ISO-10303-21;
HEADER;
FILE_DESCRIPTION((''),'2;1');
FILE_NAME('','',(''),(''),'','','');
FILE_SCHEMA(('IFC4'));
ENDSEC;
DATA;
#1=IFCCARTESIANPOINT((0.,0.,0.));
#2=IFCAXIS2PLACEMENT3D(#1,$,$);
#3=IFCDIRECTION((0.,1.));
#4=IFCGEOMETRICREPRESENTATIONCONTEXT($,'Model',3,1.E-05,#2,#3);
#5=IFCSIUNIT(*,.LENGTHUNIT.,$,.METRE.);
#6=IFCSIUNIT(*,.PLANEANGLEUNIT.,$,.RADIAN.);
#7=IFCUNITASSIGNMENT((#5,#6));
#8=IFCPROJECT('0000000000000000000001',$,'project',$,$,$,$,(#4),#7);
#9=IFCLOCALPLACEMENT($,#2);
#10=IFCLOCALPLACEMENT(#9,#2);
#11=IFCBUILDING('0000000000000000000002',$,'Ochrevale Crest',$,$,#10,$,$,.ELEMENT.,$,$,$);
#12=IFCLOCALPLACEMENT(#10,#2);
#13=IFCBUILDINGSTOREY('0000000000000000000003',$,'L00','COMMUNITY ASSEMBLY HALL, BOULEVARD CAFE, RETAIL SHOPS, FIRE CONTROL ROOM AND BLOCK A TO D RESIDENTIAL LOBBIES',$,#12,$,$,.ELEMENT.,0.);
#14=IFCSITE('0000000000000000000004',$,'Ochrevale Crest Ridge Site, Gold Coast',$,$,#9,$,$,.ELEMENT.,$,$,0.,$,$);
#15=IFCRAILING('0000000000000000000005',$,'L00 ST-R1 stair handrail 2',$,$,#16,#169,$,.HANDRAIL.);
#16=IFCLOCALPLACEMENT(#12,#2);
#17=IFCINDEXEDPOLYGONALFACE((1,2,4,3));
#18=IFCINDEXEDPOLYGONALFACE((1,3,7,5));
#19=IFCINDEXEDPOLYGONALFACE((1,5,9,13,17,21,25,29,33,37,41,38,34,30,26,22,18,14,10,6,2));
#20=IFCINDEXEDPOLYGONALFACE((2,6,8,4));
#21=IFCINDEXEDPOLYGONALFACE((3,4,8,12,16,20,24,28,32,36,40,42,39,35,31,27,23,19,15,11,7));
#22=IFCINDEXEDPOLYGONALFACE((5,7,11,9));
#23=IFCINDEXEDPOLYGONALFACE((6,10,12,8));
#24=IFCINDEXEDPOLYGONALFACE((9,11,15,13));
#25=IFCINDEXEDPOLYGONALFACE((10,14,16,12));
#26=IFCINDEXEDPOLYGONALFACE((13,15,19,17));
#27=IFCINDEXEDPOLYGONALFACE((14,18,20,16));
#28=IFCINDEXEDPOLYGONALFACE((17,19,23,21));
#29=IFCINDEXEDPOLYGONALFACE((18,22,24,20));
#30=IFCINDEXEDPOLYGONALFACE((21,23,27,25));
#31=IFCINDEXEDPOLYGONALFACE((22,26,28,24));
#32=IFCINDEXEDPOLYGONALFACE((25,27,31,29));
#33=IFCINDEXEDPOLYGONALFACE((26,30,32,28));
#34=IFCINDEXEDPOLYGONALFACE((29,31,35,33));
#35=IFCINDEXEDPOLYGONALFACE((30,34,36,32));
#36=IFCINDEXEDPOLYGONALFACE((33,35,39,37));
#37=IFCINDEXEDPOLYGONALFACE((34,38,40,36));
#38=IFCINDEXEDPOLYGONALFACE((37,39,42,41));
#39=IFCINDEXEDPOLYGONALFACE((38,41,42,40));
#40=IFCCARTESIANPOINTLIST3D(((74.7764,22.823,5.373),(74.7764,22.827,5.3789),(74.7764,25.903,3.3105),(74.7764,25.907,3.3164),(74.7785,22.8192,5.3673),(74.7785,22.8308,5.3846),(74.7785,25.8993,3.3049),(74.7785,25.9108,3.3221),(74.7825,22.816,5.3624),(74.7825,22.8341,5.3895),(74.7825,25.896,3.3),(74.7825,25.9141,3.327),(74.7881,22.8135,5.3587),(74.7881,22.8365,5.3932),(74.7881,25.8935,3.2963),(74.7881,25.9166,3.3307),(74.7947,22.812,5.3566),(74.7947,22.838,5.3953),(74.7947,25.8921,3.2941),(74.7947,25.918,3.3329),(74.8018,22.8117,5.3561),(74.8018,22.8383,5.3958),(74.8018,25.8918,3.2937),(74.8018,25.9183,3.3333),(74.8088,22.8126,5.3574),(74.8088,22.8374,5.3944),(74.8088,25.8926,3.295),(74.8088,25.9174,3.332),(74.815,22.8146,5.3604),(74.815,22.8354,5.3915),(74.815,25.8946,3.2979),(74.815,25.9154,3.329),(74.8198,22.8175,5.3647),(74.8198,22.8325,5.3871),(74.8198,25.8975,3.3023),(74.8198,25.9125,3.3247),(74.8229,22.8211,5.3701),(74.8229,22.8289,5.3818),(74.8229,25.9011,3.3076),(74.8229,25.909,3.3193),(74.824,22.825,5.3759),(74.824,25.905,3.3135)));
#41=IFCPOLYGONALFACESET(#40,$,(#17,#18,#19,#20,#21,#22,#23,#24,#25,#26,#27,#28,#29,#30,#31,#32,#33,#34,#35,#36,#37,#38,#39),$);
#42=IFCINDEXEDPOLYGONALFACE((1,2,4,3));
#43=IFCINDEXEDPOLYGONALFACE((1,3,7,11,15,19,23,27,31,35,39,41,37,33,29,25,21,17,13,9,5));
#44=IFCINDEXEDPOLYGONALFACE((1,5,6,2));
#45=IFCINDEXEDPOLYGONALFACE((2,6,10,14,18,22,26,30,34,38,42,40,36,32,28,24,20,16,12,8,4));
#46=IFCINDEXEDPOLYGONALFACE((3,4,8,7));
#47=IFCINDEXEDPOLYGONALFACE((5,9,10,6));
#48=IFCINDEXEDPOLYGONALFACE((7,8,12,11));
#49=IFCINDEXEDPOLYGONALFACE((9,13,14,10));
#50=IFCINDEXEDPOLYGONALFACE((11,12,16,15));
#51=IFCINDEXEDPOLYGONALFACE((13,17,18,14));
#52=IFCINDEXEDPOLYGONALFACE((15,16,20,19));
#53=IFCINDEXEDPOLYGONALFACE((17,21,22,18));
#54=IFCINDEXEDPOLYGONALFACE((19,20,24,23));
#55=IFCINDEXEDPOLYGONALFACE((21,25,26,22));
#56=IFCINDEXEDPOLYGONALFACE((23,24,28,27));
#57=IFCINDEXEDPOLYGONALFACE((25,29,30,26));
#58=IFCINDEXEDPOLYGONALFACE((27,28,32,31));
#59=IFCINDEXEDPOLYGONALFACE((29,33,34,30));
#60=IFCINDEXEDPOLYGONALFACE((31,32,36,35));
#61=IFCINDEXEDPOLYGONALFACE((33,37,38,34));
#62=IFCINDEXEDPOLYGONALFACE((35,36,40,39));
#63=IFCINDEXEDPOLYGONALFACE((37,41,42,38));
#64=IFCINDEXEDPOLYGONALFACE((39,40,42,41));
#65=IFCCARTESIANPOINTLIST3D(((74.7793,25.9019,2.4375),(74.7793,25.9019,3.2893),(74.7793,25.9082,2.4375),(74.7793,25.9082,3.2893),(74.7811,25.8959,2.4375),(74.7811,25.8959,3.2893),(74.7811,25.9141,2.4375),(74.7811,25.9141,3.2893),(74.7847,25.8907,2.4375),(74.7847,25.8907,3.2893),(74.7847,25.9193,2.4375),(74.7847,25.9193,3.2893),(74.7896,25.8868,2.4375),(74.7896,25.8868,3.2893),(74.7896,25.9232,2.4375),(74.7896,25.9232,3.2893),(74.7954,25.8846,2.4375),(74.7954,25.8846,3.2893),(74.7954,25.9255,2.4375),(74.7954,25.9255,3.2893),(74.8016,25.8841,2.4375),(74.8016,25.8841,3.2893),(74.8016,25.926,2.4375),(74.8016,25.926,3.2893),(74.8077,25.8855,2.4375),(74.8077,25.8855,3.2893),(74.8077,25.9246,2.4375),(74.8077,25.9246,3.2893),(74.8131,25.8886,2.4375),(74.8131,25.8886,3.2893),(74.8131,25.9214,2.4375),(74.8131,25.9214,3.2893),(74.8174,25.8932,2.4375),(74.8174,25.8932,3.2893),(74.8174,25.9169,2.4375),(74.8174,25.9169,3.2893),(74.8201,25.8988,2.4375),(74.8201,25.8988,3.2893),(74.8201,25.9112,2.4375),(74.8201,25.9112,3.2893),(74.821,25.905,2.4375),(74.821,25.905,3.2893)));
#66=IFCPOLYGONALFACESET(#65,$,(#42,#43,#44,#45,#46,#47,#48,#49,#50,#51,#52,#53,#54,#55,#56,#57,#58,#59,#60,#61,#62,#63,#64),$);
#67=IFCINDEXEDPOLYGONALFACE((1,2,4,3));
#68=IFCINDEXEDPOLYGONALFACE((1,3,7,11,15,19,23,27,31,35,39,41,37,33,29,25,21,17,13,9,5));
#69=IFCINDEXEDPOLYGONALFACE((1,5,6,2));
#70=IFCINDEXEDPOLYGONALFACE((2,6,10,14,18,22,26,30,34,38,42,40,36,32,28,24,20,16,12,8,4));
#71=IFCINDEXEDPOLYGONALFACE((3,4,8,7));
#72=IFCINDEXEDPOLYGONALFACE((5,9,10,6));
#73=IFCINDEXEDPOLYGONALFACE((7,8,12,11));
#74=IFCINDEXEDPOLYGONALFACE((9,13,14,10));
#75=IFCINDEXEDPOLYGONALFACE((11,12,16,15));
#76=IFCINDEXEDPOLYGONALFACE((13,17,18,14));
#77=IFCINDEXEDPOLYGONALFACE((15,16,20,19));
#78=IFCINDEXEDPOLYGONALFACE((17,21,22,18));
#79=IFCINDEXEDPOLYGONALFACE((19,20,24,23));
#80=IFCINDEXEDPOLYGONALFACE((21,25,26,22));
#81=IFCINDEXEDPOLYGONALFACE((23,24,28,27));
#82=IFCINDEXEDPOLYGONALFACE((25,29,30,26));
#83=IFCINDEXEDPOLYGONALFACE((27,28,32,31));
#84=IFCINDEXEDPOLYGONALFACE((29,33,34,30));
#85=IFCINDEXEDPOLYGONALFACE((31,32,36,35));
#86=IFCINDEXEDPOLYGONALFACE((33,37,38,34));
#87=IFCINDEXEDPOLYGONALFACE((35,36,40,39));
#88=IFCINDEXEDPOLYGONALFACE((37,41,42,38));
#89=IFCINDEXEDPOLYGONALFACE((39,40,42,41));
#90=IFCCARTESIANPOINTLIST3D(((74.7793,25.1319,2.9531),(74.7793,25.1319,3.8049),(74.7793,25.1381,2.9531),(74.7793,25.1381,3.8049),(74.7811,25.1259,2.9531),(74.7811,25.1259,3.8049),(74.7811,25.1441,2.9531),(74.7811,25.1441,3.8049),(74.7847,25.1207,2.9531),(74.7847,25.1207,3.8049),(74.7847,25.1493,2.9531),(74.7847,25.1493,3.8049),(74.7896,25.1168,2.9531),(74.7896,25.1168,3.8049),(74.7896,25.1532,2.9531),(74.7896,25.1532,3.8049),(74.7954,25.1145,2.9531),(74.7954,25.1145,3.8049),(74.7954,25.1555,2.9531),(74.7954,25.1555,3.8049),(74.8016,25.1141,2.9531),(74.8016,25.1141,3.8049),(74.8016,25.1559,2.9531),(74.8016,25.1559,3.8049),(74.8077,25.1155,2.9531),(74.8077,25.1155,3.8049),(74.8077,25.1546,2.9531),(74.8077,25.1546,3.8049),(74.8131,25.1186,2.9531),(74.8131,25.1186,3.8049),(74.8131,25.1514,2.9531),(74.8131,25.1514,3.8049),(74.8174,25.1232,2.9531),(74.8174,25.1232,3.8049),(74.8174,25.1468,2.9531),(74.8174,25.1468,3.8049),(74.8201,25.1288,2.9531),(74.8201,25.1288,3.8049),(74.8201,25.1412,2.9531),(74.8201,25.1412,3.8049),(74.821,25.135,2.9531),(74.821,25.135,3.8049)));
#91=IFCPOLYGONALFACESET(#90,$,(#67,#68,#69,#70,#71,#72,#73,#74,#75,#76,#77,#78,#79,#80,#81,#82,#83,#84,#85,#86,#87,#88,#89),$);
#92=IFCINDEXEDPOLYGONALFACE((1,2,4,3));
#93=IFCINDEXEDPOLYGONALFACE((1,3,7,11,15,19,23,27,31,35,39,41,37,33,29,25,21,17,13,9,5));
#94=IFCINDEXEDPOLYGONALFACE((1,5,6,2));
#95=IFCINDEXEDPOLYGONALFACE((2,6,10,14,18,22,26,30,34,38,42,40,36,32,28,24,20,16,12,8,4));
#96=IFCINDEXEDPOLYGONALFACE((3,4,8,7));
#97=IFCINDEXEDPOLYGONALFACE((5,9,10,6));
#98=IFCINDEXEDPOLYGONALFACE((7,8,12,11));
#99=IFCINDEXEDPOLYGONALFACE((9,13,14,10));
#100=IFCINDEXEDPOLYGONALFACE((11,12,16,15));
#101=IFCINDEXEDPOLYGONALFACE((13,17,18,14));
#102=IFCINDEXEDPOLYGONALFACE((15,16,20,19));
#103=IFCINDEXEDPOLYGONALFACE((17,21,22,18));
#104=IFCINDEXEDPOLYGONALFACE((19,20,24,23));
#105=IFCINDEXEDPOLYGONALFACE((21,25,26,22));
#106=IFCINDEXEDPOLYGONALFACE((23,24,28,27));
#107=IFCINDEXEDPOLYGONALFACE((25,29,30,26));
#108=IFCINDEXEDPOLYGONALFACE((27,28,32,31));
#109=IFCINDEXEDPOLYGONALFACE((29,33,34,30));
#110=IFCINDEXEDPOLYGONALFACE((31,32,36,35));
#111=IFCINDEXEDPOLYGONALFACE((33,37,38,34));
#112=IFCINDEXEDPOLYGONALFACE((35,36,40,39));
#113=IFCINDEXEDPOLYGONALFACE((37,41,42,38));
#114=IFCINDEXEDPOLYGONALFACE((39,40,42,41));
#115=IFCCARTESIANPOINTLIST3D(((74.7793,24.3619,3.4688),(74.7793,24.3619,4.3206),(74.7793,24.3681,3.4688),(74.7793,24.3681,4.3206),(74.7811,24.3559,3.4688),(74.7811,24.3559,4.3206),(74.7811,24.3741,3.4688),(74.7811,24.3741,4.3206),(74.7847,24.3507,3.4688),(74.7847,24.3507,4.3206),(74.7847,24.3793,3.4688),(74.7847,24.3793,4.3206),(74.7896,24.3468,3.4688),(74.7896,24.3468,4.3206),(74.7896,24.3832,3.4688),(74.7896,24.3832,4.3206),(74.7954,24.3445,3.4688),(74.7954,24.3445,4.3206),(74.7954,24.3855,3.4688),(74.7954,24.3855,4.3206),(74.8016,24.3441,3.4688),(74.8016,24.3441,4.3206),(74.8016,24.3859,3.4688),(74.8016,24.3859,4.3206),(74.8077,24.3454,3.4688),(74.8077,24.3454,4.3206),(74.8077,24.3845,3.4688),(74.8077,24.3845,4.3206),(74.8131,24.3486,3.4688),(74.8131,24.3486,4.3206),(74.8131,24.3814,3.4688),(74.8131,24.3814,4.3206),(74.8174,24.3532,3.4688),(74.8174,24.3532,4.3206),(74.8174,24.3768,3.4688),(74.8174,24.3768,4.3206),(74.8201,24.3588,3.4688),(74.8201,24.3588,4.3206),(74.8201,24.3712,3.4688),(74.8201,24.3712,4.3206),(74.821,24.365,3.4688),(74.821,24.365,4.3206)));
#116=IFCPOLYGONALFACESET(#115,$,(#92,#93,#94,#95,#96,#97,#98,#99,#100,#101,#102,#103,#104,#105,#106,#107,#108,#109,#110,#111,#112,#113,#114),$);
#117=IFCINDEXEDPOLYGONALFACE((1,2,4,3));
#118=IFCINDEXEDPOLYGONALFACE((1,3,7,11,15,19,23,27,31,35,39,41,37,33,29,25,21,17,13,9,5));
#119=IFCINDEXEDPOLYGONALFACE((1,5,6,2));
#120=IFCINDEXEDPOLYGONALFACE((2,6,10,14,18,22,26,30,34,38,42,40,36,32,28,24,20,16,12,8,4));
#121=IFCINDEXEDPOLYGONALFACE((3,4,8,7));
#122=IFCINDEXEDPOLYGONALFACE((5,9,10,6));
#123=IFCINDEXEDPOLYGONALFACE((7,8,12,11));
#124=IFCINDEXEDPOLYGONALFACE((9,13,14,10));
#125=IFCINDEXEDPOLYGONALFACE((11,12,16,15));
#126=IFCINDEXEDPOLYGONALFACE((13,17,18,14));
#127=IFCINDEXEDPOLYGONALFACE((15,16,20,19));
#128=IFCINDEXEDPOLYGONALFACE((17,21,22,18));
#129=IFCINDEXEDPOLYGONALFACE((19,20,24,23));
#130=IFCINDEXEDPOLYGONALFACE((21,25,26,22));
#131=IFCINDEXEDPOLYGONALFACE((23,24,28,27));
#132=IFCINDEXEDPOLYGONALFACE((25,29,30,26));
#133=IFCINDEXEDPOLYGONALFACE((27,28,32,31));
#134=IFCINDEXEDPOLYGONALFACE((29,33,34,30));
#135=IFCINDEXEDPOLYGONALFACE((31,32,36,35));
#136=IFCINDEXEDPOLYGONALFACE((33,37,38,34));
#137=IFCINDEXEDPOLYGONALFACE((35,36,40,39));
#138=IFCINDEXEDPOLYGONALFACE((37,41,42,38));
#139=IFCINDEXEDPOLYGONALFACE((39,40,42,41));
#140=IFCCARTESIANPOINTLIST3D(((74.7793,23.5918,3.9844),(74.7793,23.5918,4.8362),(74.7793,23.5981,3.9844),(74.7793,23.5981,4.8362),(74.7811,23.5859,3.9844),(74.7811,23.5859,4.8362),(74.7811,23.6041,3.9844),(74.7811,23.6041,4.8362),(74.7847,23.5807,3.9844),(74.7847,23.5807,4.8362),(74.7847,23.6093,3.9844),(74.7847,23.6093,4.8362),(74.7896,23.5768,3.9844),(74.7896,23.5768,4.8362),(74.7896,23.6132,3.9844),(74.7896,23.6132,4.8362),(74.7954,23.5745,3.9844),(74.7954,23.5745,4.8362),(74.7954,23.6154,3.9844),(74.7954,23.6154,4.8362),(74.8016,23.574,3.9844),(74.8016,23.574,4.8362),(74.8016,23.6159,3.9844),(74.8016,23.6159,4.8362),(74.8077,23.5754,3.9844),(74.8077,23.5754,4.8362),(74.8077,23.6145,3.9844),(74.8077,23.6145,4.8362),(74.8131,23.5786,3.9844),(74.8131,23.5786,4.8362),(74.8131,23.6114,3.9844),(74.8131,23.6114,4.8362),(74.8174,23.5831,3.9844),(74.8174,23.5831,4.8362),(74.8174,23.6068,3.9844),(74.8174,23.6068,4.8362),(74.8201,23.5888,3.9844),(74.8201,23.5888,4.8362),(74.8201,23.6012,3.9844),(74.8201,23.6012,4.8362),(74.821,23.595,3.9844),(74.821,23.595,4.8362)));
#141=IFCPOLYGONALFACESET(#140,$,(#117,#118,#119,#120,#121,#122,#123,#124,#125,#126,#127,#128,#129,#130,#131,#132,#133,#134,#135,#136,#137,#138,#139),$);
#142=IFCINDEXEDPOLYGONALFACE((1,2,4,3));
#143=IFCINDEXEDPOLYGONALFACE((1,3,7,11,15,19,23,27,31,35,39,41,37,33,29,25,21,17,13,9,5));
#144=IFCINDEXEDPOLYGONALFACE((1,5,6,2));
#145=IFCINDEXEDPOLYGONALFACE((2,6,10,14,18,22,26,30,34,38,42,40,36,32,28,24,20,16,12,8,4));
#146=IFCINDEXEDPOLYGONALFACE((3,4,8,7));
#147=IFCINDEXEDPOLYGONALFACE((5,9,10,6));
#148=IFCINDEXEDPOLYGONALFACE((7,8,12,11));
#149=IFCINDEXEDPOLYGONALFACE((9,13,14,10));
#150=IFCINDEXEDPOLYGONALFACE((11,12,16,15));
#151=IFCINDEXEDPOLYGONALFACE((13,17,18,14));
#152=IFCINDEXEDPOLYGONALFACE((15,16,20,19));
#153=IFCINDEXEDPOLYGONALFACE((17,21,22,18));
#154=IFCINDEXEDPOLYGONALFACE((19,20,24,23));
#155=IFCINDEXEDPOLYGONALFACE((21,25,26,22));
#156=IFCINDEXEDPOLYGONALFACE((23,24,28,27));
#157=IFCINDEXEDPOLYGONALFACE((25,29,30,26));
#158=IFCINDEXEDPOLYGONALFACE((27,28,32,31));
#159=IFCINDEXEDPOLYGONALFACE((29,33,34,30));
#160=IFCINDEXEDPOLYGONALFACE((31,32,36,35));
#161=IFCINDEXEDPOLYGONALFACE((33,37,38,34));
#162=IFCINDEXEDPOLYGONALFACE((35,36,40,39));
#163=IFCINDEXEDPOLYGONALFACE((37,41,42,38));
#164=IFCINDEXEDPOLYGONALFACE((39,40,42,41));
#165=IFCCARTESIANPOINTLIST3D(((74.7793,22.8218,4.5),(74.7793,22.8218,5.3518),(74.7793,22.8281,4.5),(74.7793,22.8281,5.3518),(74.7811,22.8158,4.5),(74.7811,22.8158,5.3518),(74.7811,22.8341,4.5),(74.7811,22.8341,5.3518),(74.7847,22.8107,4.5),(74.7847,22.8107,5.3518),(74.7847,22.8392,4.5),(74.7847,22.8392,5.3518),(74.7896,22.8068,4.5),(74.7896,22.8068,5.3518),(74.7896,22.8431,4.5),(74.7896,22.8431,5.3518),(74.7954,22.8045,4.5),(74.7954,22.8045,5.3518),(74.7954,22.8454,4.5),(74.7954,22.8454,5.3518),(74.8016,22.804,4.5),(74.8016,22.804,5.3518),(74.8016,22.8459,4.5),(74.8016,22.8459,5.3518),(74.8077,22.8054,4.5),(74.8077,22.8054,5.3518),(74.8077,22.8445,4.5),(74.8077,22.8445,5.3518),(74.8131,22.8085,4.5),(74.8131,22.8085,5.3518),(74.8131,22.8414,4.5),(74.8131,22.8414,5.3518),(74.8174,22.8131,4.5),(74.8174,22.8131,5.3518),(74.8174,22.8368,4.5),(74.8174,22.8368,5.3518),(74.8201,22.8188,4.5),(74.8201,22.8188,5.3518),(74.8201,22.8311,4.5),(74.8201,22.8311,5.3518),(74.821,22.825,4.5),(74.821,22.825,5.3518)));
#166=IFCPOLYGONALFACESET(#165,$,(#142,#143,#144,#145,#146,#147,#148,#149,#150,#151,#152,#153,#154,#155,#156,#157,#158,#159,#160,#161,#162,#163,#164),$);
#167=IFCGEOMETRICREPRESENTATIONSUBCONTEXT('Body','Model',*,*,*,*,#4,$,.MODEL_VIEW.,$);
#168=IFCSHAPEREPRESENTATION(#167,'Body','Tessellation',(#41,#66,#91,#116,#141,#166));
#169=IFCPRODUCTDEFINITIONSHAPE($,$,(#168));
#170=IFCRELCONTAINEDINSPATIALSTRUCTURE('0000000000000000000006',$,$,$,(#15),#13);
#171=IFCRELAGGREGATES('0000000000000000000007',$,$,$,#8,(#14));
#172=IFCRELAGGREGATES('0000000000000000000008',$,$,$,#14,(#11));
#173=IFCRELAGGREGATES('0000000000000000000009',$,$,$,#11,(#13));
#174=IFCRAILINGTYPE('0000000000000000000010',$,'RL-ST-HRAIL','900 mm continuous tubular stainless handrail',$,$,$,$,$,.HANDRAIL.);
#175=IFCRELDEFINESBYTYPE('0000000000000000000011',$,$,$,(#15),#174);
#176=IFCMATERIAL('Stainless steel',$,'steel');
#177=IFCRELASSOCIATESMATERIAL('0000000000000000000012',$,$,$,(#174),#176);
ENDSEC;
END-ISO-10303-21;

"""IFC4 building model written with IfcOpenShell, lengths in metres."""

from ifc_helpers import new_model, si_unit, direction, frame, origin, origin_2d, place, context, subcontext, project, spatial, circle, extrude, material, type_object, element, save


model = new_model("IFC4")

# Units and contexts
model_context = context("Model", 3, precision=1e-05, world=origin(), true_north=direction((0.0, 1.0)))
body_context = subcontext(model_context, "Body", "Model", "MODEL_VIEW")
ifc_project = project(units=[si_unit("LENGTHUNIT", "METRE"), si_unit("PLANEANGLEUNIT", "RADIAN")], contexts=[model_context])

# Site, building, storey
site_placement = place(None, origin())
site = spatial("IfcSite", under=ifc_project, at=site_placement, Name="Ochrevale Crest Ridge Site, Gold Coast", CompositionType="ELEMENT", RefElevation=0.0)
building_placement = place(site_placement, origin())
building = spatial("IfcBuilding", under=site, at=building_placement, Name="Ochrevale Crest", CompositionType="ELEMENT")
storey_placement = place(building_placement, origin())
storey = spatial("IfcBuildingStorey", under=building, at=storey_placement, Name="L00", Description="COMMUNITY ASSEMBLY HALL, BOULEVARD CAFE, RETAIL SHOPS, FIRE CONTROL ROOM AND BLOCK A TO D RESIDENTIAL LOBBIES", CompositionType="ELEMENT", Elevation=0.0)

# Railing
ifc_material_1 = material(Name="Stainless steel", Category="steel")
railing_type_1 = type_object("IfcRailingType", Name="RL-ST-HRAIL", Description="900 mm continuous tubular stainless handrail", PredefinedType="HANDRAIL", material=ifc_material_1)
railing_1_placement = place(storey_placement, frame((74.8, 25.905, 2.4375)))
element("IfcRailing", 1, at=railing_1_placement, inside=storey, type_object=railing_type_1, Name="L00 ST-R1 stair handrail 2", PredefinedType="HANDRAIL", context=body_context, shape_type="SweptSolid", body=[
    extrude(circle(Radius=0.0239, at=origin_2d()), frame((0.0, 0.0, 0.876), z_axis=(0.0, -0.830914, 0.556401), x_axis=(1.0, 0.0, 0.0)), (0.0, 0.0, 1.0), 3.7068),
    extrude(circle(Radius=0.021, at=origin_2d()), origin(), (0.0, 0.0, 1.0), 0.8518),
    extrude(circle(Radius=0.021, at=origin_2d()), frame((0.0, -0.77, 0.5156)), (0.0, 0.0, 1.0), 0.8518),
    extrude(circle(Radius=0.021, at=origin_2d()), frame((0.0, -1.54, 1.0312)), (0.0, 0.0, 1.0), 0.8518),
    extrude(circle(Radius=0.021, at=origin_2d()), frame((0.0, -2.3101, 1.5469)), (0.0, 0.0, 1.0), 0.8518),
    extrude(circle(Radius=0.021, at=origin_2d()), frame((0.0, -3.0801, 2.0625)), (0.0, 0.0, 1.0), 0.8518),
])

save(model, "model.ifc")
